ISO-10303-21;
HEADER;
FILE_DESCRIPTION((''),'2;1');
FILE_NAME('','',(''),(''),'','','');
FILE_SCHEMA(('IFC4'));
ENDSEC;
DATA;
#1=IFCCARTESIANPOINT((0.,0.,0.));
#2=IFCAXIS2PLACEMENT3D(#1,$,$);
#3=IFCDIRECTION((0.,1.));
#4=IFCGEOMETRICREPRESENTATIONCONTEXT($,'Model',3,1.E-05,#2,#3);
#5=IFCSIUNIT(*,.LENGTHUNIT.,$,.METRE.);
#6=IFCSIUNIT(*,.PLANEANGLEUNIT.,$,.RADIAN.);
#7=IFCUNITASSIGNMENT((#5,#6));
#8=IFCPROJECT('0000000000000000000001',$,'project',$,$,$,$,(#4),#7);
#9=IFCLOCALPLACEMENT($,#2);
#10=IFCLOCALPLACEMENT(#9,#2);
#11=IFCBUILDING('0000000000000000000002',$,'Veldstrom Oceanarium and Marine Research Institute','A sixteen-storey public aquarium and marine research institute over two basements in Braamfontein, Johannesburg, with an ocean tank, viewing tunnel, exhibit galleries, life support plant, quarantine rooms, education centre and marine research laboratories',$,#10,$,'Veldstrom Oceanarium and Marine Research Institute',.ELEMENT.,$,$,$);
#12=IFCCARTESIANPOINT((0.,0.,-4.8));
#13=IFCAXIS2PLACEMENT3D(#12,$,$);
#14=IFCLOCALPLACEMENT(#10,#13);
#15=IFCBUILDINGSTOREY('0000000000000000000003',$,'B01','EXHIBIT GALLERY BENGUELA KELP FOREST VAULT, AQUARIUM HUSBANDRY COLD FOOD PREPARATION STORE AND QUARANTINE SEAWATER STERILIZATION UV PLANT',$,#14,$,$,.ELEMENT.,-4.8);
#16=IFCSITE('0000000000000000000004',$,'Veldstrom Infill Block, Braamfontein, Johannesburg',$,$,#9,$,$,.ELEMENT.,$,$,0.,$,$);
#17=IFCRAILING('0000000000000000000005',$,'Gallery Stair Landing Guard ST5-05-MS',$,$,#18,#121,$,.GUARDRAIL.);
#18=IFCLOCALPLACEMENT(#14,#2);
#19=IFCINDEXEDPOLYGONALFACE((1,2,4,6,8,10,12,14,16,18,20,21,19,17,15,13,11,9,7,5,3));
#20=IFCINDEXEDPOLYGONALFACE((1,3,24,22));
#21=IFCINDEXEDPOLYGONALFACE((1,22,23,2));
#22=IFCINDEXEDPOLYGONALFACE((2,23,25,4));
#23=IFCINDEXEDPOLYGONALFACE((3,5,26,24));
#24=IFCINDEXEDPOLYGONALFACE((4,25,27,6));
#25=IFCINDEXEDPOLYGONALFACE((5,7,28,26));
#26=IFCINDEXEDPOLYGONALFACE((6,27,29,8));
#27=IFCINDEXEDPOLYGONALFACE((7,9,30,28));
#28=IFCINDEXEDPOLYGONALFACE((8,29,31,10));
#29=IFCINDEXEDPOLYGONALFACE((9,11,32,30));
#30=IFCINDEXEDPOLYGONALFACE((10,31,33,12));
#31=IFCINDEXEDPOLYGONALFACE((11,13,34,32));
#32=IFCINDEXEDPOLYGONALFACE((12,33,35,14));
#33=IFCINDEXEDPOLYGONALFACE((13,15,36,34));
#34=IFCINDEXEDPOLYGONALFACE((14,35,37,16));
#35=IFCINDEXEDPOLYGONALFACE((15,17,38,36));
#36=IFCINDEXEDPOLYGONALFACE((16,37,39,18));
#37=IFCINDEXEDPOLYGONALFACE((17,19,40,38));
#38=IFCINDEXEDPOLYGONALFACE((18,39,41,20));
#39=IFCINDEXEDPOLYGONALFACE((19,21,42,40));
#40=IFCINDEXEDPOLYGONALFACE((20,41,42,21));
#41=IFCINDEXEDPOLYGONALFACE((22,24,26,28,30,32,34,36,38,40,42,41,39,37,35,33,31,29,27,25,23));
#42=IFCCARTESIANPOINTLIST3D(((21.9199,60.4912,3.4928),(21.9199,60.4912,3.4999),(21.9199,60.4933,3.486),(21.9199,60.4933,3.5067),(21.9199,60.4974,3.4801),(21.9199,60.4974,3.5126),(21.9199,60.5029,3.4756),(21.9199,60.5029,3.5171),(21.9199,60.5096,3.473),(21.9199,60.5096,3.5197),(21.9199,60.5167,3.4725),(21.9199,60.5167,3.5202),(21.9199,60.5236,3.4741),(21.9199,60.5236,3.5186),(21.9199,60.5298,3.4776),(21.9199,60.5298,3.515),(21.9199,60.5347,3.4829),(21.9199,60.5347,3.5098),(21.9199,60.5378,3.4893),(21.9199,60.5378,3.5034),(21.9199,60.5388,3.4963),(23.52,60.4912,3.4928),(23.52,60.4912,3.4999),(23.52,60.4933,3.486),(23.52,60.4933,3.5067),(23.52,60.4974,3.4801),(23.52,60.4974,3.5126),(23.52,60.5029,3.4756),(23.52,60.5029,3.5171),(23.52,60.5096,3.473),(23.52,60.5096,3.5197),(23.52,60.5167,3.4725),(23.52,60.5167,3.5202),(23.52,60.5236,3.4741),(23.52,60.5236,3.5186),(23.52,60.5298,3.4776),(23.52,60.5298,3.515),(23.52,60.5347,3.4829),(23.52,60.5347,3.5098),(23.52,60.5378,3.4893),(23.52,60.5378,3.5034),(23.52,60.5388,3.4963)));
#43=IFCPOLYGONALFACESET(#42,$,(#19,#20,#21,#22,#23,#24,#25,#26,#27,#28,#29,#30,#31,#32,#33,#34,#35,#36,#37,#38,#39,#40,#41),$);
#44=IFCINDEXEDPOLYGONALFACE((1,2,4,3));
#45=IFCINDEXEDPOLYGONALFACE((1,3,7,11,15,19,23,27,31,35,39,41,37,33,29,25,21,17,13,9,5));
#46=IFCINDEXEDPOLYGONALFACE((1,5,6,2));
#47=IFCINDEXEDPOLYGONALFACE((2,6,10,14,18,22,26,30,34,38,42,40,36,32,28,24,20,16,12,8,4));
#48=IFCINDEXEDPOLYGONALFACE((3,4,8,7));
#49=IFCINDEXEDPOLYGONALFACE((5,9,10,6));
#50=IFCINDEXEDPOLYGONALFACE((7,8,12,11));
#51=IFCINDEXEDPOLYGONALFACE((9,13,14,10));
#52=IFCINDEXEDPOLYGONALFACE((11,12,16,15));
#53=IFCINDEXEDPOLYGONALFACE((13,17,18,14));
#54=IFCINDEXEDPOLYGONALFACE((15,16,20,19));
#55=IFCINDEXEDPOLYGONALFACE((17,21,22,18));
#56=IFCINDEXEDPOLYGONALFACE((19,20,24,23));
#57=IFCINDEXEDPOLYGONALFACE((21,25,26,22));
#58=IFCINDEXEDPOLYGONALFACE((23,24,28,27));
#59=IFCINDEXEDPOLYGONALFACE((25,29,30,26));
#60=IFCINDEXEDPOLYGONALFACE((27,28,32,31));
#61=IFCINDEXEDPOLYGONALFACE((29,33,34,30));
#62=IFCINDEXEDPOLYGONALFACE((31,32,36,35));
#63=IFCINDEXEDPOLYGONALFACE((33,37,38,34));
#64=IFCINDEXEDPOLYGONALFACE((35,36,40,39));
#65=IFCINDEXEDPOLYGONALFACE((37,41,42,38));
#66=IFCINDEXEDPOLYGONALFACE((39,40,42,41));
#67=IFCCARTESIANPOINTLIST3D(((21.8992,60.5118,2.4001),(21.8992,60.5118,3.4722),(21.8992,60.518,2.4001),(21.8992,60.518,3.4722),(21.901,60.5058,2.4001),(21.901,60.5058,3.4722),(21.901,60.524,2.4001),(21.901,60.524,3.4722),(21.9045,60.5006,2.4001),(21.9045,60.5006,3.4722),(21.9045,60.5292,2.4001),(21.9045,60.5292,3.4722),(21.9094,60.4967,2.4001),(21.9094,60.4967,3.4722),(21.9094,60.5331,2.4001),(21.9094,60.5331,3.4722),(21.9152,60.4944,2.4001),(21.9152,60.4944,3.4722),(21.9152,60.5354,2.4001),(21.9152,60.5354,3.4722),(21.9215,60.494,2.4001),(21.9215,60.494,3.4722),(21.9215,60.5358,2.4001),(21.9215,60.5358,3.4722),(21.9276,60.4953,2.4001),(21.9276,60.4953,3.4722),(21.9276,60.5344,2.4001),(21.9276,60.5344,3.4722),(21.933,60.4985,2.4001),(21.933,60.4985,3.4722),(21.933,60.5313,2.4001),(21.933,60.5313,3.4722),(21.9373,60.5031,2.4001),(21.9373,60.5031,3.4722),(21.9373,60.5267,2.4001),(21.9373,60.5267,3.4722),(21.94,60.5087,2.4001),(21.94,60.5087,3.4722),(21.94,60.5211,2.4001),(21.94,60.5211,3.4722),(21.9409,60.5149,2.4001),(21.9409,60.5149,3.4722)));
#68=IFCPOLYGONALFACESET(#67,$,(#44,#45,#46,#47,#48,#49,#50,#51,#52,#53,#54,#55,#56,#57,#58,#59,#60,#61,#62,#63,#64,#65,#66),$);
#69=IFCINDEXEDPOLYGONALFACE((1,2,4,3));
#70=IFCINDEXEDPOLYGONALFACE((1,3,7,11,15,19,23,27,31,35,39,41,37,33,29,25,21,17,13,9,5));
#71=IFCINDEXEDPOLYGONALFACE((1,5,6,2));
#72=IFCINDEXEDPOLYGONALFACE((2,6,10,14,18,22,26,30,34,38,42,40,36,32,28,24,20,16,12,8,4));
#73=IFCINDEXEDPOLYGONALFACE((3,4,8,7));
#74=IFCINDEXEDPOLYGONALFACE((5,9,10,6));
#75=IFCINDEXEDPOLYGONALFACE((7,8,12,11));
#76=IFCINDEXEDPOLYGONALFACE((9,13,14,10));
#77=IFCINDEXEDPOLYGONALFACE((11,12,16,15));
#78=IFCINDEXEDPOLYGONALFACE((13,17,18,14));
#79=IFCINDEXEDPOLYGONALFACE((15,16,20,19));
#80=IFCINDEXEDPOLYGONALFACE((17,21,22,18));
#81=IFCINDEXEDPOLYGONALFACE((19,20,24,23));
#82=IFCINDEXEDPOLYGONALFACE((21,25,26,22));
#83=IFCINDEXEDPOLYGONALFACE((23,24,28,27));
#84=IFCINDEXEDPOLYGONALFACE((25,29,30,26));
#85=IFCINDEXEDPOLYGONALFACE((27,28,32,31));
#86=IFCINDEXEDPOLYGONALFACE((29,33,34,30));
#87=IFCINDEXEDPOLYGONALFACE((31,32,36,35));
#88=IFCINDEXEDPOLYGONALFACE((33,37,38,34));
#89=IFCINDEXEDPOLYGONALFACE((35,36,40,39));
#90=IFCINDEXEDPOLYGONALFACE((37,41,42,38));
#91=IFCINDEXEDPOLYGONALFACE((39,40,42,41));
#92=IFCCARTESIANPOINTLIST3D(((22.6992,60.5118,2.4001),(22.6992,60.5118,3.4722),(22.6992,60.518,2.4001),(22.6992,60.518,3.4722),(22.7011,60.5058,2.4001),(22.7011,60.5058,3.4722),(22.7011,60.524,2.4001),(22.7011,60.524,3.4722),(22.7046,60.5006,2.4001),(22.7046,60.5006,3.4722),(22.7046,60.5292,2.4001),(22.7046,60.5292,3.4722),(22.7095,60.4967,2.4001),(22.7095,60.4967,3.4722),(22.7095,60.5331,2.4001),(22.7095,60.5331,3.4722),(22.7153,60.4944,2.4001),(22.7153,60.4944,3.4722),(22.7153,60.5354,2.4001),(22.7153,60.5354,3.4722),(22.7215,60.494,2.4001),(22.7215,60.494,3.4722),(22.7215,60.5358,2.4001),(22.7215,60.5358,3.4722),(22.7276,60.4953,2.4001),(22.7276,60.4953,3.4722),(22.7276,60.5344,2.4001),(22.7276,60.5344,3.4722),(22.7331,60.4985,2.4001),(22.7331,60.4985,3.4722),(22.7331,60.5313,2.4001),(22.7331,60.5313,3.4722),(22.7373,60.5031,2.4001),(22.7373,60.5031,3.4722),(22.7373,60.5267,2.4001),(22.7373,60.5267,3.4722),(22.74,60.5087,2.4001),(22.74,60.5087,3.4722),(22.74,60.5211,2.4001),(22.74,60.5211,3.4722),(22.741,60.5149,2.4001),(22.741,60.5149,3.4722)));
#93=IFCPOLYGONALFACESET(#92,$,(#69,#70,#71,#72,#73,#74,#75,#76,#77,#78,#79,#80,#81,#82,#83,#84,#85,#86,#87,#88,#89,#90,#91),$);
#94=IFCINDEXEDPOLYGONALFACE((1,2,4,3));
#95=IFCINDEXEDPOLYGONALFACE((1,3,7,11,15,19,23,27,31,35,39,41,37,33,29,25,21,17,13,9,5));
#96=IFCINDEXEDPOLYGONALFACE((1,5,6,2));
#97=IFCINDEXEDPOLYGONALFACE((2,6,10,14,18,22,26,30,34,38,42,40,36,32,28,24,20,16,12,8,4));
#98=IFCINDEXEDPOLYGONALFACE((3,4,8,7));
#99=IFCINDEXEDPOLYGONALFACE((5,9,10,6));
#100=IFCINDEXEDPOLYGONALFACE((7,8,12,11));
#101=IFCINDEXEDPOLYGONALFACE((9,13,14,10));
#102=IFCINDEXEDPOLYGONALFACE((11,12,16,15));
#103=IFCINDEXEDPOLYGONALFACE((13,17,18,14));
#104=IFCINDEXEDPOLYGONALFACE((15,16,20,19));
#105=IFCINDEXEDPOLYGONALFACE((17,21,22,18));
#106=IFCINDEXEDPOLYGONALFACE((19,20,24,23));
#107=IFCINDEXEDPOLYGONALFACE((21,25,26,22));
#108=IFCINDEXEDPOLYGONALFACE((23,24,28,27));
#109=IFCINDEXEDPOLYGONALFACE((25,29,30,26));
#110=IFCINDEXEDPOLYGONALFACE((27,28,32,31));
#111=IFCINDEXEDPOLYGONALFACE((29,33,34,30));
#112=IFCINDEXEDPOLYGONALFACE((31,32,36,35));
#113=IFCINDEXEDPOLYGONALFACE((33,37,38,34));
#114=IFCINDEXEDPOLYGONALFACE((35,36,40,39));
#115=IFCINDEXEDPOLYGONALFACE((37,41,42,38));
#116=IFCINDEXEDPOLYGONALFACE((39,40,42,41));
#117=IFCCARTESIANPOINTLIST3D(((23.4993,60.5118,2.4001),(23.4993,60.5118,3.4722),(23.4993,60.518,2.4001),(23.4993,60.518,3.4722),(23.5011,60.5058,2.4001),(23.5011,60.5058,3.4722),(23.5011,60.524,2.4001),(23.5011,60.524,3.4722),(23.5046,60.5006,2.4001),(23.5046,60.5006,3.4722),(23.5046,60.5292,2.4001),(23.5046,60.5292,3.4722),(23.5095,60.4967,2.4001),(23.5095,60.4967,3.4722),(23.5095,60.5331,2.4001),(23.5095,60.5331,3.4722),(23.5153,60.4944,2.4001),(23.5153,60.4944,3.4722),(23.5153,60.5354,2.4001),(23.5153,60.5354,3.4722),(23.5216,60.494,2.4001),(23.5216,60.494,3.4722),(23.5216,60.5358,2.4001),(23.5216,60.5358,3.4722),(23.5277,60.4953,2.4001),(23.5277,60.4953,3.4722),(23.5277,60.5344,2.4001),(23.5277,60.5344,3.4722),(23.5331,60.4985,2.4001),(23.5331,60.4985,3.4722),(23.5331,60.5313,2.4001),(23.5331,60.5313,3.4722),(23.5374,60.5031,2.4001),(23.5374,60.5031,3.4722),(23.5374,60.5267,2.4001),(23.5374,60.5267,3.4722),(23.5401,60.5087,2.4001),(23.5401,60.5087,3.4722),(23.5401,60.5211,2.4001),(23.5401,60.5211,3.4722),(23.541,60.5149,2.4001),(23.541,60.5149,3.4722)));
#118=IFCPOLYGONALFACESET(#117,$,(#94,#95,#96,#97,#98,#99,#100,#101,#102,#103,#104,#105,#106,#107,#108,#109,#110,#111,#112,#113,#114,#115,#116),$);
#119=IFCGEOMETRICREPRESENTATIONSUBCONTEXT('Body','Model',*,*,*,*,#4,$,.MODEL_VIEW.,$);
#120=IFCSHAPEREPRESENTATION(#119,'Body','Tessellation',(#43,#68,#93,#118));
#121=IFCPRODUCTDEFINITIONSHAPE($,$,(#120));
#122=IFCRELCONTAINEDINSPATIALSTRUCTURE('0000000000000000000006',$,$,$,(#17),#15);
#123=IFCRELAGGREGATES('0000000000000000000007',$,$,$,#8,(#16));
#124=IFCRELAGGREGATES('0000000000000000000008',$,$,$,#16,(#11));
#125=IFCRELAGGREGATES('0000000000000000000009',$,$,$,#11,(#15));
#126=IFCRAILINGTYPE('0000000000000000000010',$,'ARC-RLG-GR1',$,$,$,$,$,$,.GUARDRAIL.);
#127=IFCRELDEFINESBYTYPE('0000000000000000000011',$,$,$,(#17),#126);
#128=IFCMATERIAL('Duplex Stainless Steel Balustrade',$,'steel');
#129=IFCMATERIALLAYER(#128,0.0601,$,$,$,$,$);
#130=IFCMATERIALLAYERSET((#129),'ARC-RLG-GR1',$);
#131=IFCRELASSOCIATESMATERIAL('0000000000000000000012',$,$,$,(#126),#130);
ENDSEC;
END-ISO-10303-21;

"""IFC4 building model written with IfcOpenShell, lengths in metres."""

from ifc_helpers import new_model, si_unit, direction, frame, origin, origin_2d, place, context, subcontext, project, spatial, circle, extrude, material, layer, layer_set, type_object, element, save


model = new_model("IFC4")

# Units and contexts
model_context = context("Model", 3, precision=1e-05, world=origin(), true_north=direction((0.0, 1.0)))
body_context = subcontext(model_context, "Body", "Model", "MODEL_VIEW")
ifc_project = project(units=[si_unit("LENGTHUNIT", "METRE"), si_unit("PLANEANGLEUNIT", "RADIAN")], contexts=[model_context])

# Site, building, storey
site_placement = place(None, origin())
site = spatial("IfcSite", under=ifc_project, at=site_placement, Name="Veldstrom Infill Block, Braamfontein, Johannesburg", CompositionType="ELEMENT", RefElevation=0.0)
building_placement = place(site_placement, origin())
building = spatial("IfcBuilding", under=site, at=building_placement, Name="Veldstrom Oceanarium and Marine Research Institute", Description="A sixteen-storey public aquarium and marine research institute over two basements in Braamfontein, Johannesburg, with an ocean tank, viewing tunnel, exhibit galleries, life support plant, quarantine rooms, education centre and marine research laboratories", LongName="Veldstrom Oceanarium and Marine Research Institute", CompositionType="ELEMENT")
storey_placement = place(building_placement, frame((0.0, 0.0, -4.8)))
storey = spatial("IfcBuildingStorey", under=building, at=storey_placement, Name="B01", Description="EXHIBIT GALLERY BENGUELA KELP FOREST VAULT, AQUARIUM HUSBANDRY COLD FOOD PREPARATION STORE AND QUARANTINE SEAWATER STERILIZATION UV PLANT", CompositionType="ELEMENT", Elevation=-4.8)

# Railing
ifc_material_1 = material(Name="Duplex Stainless Steel Balustrade", Category="steel")
ifc_layer_1 = layer(ifc_material_1, 0.0601)
ifc_layer_set_1 = layer_set([ifc_layer_1], Name="ARC-RLG-GR1")
railing_type = type_object("IfcRailingType", Name="ARC-RLG-GR1", PredefinedType="GUARDRAIL", material=ifc_layer_set_1)
railing_1_placement = place(storey_placement, frame((21.9199, 60.5149, 2.4001)))
element("IfcRailing", 1, at=railing_1_placement, inside=storey, type_object=railing_type, Name="Gallery Stair Landing Guard ST5-05-MS", PredefinedType="GUARDRAIL", context=body_context, shape_type="SweptSolid", body=[
    extrude(circle(Radius=0.0239, at=origin_2d()), frame((0.0, 0.0, 1.0962), z_axis=(1.0, 0.0, 0.0), x_axis=(0.0, 1.0, 0.0)), (0.0, 0.0, 1.0), 1.6001),
    extrude(circle(Radius=0.021, at=origin_2d()), origin(), (0.0, 0.0, 1.0), 1.072),
    extrude(circle(Radius=0.021, at=origin_2d()), frame((0.8, 0.0, 0.0)), (0.0, 0.0, 1.0), 1.072),
    extrude(circle(Radius=0.021, at=origin_2d()), frame((1.6001, 0.0, 0.0)), (0.0, 0.0, 1.0), 1.072),
])

save(model, "model.ifc")
